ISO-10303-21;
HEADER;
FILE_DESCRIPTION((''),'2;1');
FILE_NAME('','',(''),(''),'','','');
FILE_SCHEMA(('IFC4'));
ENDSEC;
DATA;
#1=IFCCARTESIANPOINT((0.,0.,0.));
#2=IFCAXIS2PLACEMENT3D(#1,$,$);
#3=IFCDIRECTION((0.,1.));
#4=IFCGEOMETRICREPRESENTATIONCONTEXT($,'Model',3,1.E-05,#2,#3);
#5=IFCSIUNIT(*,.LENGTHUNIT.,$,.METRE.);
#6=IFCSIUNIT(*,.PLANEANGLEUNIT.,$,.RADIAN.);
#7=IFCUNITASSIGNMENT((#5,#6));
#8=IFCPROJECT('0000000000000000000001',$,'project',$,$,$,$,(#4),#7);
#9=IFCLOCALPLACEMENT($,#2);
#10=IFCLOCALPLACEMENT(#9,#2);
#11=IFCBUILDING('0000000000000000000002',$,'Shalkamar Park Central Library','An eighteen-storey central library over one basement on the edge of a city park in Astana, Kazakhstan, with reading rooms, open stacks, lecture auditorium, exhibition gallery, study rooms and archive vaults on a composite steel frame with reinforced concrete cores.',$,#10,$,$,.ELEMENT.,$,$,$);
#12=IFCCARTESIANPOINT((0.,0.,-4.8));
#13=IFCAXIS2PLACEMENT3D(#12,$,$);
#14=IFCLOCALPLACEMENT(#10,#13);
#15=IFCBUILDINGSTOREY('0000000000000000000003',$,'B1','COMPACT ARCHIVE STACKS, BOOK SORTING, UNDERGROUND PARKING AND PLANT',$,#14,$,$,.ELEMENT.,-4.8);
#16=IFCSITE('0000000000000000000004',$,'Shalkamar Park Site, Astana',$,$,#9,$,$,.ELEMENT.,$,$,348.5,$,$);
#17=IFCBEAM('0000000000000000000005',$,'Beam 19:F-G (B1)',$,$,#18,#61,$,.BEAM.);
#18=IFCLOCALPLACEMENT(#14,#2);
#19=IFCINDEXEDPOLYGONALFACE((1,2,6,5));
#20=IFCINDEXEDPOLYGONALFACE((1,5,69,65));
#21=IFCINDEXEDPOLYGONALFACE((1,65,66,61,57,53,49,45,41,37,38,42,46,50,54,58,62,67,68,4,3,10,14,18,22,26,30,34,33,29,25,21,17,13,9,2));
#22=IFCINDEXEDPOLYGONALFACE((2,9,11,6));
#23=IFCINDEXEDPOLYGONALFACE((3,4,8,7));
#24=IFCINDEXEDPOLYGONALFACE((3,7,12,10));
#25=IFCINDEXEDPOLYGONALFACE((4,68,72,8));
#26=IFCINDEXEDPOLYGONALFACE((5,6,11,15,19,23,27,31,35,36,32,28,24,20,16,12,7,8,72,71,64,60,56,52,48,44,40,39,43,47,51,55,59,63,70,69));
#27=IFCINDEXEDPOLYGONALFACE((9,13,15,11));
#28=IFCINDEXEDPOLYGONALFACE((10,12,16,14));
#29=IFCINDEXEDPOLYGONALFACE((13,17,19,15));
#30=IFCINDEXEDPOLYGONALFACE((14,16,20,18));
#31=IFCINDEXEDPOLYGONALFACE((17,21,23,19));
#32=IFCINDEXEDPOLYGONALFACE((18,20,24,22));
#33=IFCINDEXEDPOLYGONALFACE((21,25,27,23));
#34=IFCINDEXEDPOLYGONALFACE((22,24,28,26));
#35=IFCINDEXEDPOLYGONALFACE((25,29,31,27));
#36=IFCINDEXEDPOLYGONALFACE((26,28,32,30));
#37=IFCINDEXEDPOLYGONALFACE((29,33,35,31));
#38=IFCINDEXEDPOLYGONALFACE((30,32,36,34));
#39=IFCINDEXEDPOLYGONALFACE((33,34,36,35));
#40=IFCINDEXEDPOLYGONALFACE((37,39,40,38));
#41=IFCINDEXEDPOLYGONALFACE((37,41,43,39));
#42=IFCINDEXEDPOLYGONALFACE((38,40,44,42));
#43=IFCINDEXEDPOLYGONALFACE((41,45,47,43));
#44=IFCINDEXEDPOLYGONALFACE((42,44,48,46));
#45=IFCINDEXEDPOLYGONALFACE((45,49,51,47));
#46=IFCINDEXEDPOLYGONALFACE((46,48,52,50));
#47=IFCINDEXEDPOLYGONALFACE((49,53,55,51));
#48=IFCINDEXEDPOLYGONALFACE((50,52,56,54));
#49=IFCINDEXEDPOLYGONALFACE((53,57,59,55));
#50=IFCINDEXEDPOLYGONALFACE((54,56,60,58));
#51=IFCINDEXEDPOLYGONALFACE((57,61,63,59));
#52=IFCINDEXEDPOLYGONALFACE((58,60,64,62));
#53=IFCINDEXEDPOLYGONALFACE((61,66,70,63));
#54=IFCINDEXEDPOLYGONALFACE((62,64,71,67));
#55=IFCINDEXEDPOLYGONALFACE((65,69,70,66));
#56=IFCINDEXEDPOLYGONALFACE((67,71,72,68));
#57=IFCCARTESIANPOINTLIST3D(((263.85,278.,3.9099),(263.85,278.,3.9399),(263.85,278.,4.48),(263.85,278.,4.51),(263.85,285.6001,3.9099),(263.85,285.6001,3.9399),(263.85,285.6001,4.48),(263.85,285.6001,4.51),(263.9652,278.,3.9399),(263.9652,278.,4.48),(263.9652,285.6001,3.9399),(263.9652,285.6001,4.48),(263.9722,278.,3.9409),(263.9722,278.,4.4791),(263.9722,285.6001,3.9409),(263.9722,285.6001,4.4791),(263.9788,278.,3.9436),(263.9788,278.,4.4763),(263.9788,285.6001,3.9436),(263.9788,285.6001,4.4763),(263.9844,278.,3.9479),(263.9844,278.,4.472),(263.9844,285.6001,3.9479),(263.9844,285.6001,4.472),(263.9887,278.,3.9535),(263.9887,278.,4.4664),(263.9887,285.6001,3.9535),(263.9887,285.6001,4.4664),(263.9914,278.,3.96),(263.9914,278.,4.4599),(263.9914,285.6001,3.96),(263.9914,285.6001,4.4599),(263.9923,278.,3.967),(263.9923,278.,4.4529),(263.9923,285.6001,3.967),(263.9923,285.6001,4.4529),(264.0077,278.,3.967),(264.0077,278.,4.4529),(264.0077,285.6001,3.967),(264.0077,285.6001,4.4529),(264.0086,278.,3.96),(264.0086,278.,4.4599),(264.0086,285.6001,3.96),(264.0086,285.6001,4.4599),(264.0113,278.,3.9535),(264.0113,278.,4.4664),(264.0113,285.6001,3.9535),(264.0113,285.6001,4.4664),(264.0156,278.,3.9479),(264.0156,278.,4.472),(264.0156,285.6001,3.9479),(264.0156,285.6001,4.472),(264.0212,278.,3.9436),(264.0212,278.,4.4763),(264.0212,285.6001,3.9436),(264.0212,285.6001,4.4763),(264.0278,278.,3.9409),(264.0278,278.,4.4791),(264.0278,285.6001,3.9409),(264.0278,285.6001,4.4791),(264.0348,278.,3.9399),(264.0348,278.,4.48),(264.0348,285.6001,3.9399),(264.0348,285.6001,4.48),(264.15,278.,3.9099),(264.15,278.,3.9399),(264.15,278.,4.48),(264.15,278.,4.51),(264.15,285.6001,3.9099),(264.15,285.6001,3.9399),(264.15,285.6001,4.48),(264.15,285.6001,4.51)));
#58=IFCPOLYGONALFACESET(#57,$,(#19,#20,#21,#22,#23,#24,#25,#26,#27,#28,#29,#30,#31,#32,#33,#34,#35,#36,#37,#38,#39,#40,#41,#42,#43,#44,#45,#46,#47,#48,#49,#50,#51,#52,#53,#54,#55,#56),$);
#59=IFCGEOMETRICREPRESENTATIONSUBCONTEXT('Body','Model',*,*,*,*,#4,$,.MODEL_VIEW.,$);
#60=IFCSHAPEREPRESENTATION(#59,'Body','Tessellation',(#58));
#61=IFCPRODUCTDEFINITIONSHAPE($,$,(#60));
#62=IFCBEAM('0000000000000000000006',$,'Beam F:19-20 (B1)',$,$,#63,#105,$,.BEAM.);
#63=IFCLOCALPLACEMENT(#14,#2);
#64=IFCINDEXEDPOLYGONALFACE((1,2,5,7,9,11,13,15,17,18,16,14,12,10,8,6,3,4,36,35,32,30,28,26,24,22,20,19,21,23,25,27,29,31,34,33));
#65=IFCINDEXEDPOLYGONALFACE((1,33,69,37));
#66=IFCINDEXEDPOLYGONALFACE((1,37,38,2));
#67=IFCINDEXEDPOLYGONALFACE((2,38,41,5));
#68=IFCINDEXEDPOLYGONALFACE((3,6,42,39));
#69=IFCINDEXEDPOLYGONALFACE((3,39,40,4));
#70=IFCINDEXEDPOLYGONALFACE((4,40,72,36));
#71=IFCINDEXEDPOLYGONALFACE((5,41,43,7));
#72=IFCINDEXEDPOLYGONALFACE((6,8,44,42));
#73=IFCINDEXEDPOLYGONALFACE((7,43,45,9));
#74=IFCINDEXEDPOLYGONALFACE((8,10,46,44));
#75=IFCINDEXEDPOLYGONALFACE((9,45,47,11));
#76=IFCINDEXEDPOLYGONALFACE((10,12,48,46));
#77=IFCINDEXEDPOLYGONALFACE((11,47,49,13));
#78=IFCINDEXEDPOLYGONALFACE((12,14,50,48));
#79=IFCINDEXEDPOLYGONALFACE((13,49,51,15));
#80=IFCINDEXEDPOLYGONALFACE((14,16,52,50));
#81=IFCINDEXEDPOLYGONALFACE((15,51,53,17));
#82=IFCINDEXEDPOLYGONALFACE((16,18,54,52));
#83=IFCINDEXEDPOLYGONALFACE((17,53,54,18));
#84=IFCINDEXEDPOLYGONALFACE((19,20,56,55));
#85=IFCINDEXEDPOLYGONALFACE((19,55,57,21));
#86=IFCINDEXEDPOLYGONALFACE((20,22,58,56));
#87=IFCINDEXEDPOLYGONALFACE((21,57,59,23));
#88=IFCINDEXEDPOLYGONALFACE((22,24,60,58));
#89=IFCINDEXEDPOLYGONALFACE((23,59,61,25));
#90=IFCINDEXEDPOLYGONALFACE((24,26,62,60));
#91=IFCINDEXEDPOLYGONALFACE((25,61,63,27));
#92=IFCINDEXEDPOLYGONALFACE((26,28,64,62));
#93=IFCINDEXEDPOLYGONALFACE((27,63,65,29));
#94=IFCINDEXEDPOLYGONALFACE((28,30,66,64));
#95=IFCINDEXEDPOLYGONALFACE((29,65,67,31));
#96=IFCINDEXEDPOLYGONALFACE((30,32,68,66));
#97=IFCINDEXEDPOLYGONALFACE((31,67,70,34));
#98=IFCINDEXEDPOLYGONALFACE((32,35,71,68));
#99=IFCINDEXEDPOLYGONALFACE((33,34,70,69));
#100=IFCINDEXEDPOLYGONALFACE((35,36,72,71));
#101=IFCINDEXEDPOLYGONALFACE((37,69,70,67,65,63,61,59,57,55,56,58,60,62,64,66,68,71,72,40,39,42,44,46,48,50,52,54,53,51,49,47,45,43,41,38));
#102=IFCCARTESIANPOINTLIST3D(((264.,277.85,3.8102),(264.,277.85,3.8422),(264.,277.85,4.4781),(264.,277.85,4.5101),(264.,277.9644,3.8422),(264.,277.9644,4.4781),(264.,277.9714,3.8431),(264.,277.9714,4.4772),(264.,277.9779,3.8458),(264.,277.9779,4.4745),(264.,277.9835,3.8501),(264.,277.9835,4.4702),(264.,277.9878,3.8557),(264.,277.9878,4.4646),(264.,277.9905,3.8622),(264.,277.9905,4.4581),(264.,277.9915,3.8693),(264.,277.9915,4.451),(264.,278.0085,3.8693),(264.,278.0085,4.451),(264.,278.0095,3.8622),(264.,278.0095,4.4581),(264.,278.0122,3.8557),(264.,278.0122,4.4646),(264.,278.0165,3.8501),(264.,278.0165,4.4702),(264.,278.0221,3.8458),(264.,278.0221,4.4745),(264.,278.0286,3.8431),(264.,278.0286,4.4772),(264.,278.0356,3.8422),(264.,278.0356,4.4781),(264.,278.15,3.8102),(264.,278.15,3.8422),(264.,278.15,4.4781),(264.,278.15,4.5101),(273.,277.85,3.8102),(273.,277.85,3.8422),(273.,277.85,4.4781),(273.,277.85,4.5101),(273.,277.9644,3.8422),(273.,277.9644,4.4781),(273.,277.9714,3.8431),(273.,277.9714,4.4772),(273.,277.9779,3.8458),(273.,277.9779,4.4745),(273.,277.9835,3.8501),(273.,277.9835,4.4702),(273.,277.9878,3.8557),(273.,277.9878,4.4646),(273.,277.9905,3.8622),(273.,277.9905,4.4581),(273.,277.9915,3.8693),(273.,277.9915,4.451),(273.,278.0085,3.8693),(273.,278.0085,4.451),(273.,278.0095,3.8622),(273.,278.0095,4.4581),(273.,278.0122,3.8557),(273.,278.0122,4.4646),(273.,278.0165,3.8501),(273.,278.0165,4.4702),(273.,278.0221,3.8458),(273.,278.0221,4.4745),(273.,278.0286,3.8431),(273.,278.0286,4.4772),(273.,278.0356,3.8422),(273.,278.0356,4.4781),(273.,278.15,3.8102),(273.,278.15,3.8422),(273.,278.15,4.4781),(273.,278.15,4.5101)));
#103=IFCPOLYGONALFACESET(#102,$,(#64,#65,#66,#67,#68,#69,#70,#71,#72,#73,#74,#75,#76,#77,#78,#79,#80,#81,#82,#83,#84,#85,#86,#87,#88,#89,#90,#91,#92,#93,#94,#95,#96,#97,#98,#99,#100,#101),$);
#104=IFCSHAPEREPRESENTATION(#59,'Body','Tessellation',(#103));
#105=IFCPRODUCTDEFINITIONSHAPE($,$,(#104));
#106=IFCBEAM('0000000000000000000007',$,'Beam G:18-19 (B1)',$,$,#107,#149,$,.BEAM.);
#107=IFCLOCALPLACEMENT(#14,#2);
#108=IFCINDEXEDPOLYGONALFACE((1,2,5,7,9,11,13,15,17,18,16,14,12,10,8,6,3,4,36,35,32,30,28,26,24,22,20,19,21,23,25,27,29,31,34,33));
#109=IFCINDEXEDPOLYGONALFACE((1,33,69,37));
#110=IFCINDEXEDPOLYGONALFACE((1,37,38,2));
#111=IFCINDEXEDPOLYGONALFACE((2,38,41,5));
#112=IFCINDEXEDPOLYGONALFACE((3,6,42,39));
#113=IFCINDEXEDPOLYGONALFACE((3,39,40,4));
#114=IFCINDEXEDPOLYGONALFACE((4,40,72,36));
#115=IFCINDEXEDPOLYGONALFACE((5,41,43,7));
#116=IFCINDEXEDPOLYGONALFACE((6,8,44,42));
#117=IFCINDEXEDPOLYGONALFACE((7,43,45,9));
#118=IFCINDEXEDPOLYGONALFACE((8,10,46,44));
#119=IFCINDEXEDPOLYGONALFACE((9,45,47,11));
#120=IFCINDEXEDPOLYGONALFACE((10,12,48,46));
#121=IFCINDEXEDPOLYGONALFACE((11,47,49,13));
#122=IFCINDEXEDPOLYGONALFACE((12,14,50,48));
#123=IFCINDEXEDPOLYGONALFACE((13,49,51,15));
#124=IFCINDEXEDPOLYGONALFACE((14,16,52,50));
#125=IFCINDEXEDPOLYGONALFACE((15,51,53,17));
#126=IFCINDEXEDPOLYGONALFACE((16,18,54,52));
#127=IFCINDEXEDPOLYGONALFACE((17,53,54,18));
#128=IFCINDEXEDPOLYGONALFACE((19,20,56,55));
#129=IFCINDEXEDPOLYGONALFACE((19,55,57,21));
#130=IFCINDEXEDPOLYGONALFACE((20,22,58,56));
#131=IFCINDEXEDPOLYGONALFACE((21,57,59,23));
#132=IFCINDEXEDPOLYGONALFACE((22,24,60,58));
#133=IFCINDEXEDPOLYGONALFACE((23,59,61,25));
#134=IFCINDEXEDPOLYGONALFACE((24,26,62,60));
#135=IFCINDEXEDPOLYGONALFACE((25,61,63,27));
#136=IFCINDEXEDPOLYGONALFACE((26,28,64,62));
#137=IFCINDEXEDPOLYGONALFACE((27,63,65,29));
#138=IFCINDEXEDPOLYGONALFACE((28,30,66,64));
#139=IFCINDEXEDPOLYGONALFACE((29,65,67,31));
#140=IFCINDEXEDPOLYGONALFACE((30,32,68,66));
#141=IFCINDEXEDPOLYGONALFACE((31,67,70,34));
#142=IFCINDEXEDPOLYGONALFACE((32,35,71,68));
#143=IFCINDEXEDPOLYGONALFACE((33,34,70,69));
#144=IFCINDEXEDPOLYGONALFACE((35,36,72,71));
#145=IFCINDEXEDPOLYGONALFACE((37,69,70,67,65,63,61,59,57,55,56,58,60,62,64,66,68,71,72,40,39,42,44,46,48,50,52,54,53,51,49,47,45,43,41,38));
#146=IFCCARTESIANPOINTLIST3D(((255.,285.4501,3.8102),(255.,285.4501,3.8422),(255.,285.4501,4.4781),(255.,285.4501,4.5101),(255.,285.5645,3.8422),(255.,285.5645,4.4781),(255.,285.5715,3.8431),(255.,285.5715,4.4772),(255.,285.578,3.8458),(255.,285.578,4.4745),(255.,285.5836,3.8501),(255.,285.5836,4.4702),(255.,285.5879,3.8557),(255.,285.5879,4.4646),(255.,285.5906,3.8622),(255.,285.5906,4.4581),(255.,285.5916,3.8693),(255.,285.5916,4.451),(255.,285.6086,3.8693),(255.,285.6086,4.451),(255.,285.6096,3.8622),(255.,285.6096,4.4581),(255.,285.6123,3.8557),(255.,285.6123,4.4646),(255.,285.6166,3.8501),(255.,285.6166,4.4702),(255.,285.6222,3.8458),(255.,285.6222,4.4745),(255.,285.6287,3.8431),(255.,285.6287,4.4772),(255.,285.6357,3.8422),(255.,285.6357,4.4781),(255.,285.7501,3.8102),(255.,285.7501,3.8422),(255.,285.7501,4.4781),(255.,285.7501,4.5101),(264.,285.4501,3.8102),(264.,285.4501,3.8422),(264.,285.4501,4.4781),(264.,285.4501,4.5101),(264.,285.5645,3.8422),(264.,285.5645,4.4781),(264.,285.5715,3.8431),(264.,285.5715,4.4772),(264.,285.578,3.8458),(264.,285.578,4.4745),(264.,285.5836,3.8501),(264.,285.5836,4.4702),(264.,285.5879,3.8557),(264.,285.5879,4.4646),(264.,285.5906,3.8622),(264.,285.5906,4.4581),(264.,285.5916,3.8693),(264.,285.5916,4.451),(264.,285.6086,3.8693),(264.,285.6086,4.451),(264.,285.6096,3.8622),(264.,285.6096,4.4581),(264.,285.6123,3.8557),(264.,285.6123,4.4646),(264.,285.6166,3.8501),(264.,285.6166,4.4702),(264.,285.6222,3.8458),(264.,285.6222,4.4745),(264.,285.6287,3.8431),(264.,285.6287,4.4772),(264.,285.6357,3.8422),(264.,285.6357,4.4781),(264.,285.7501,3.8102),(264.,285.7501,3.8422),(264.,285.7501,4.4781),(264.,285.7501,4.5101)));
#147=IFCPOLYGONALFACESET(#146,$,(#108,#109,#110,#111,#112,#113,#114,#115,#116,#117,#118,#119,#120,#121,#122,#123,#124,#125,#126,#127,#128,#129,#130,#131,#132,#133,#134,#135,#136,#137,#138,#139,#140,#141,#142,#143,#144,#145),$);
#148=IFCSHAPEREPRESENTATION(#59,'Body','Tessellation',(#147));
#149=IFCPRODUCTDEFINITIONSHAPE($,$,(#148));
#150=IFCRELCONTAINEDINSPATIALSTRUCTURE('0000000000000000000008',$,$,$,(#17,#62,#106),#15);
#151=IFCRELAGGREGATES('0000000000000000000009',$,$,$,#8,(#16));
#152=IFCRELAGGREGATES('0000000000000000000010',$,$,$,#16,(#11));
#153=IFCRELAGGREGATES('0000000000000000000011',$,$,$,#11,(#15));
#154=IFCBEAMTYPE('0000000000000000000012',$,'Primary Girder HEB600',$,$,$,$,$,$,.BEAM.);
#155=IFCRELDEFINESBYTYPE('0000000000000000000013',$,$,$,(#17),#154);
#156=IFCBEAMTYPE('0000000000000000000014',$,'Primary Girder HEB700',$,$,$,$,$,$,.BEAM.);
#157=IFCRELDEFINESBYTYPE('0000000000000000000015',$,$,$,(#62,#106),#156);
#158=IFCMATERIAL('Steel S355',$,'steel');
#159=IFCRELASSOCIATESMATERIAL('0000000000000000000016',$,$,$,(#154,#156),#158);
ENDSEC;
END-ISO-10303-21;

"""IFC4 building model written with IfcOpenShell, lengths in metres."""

from ifc_helpers import new_model, si_unit, direction, frame, origin, origin_2d, place, context, subcontext, project, spatial, i_section, extrude, material, material_profile, profile_set, type_object, element, save


model = new_model("IFC4")

# Units and contexts
model_context = context("Model", 3, precision=1e-05, world=origin(), true_north=direction((0.0, 1.0)))
body_context = subcontext(model_context, "Body", "Model", "MODEL_VIEW")
ifc_project = project(units=[si_unit("LENGTHUNIT", "METRE"), si_unit("PLANEANGLEUNIT", "RADIAN")], contexts=[model_context])

# Site, building, storey
site_placement = place(None, origin())
site = spatial("IfcSite", under=ifc_project, at=site_placement, Name="Shalkamar Park Site, Astana", CompositionType="ELEMENT", RefElevation=348.5)
building_placement = place(site_placement, origin())
building = spatial("IfcBuilding", under=site, at=building_placement, Name="Shalkamar Park Central Library", Description="An eighteen-storey central library over one basement on the edge of a city park in Astana, Kazakhstan, with reading rooms, open stacks, lecture auditorium, exhibition gallery, study rooms and archive vaults on a composite steel frame with reinforced concrete cores.", CompositionType="ELEMENT")
storey_placement = place(building_placement, frame((0.0, 0.0, -4.8)))
storey = spatial("IfcBuildingStorey", under=building, at=storey_placement, Name="B1", Description="COMPACT ARCHIVE STACKS, BOOK SORTING, UNDERGROUND PARKING AND PLANT", CompositionType="ELEMENT", Elevation=-4.8)

# Shared definitions
ifc_material_1 = material(Name="Steel S355", Category="steel")

# Beams
ifc_material_profile_1 = material_profile(ifc_material_1, i_section(OverallWidth=0.3, OverallDepth=0.6001, WebThickness=0.0154, FlangeThickness=0.03, FilletRadius=0.0271, at=origin_2d()), Name="HEB 600")
ifc_profile_set_1 = profile_set([ifc_material_profile_1], Name="Steel S355")
beam_type_1 = type_object("IfcBeamType", Name="Primary Girder HEB600", PredefinedType="BEAM", material=ifc_profile_set_1)
beam_1_placement = place(storey_placement, frame((264.0, 278.0, 4.21), z_axis=(0.0, 1.0, 0.0), x_axis=(-1.0, 0.0, 0.0)))
element("IfcBeam", 1, at=beam_1_placement, inside=storey, type_object=beam_type_1, Name="Beam 19:F-G (B1)", PredefinedType="BEAM", context=body_context, shape_type="SweptSolid", body=[
    extrude(i_section(OverallWidth=0.3, OverallDepth=0.6001, WebThickness=0.0154, FlangeThickness=0.03, FilletRadius=0.0271, at=origin_2d()), origin(), (0.0, 0.0, 1.0), 7.6001),
])
ifc_material_profile_2 = material_profile(ifc_material_1, i_section(OverallWidth=0.3, OverallDepth=0.7, WebThickness=0.0171, FlangeThickness=0.032, FilletRadius=0.0271, at=origin_2d()), Name="HEB 700")
ifc_profile_set_2 = profile_set([ifc_material_profile_2], Name="Steel S355")
beam_type_2 = type_object("IfcBeamType", Name="Primary Girder HEB700", PredefinedType="BEAM", material=ifc_profile_set_2)
for number, where, z_axis, x_axis, name in (
    (2, (264.0, 278.0, 4.1602), (1.0, 0.0, 0.0), (0.0, 1.0, 0.0), "Beam F:19-20 (B1)"),
    (3, (255.0, 285.6001, 4.1602), (1.0, 0.0, 0.0), (0.0, 1.0, 0.0), "Beam G:18-19 (B1)"),
):
    element("IfcBeam", number, at=place(storey_placement, frame(where, z_axis=z_axis, x_axis=x_axis)), inside=storey, type_object=beam_type_2, Name=name, PredefinedType="BEAM", context=body_context, shape_type="SweptSolid", body=[
        extrude(i_section(OverallWidth=0.3, OverallDepth=0.7, WebThickness=0.0171, FlangeThickness=0.032, FilletRadius=0.0271, at=origin_2d()), origin(), (0.0, 0.0, 1.0), 9.0),
    ])

save(model, "model.ifc")
